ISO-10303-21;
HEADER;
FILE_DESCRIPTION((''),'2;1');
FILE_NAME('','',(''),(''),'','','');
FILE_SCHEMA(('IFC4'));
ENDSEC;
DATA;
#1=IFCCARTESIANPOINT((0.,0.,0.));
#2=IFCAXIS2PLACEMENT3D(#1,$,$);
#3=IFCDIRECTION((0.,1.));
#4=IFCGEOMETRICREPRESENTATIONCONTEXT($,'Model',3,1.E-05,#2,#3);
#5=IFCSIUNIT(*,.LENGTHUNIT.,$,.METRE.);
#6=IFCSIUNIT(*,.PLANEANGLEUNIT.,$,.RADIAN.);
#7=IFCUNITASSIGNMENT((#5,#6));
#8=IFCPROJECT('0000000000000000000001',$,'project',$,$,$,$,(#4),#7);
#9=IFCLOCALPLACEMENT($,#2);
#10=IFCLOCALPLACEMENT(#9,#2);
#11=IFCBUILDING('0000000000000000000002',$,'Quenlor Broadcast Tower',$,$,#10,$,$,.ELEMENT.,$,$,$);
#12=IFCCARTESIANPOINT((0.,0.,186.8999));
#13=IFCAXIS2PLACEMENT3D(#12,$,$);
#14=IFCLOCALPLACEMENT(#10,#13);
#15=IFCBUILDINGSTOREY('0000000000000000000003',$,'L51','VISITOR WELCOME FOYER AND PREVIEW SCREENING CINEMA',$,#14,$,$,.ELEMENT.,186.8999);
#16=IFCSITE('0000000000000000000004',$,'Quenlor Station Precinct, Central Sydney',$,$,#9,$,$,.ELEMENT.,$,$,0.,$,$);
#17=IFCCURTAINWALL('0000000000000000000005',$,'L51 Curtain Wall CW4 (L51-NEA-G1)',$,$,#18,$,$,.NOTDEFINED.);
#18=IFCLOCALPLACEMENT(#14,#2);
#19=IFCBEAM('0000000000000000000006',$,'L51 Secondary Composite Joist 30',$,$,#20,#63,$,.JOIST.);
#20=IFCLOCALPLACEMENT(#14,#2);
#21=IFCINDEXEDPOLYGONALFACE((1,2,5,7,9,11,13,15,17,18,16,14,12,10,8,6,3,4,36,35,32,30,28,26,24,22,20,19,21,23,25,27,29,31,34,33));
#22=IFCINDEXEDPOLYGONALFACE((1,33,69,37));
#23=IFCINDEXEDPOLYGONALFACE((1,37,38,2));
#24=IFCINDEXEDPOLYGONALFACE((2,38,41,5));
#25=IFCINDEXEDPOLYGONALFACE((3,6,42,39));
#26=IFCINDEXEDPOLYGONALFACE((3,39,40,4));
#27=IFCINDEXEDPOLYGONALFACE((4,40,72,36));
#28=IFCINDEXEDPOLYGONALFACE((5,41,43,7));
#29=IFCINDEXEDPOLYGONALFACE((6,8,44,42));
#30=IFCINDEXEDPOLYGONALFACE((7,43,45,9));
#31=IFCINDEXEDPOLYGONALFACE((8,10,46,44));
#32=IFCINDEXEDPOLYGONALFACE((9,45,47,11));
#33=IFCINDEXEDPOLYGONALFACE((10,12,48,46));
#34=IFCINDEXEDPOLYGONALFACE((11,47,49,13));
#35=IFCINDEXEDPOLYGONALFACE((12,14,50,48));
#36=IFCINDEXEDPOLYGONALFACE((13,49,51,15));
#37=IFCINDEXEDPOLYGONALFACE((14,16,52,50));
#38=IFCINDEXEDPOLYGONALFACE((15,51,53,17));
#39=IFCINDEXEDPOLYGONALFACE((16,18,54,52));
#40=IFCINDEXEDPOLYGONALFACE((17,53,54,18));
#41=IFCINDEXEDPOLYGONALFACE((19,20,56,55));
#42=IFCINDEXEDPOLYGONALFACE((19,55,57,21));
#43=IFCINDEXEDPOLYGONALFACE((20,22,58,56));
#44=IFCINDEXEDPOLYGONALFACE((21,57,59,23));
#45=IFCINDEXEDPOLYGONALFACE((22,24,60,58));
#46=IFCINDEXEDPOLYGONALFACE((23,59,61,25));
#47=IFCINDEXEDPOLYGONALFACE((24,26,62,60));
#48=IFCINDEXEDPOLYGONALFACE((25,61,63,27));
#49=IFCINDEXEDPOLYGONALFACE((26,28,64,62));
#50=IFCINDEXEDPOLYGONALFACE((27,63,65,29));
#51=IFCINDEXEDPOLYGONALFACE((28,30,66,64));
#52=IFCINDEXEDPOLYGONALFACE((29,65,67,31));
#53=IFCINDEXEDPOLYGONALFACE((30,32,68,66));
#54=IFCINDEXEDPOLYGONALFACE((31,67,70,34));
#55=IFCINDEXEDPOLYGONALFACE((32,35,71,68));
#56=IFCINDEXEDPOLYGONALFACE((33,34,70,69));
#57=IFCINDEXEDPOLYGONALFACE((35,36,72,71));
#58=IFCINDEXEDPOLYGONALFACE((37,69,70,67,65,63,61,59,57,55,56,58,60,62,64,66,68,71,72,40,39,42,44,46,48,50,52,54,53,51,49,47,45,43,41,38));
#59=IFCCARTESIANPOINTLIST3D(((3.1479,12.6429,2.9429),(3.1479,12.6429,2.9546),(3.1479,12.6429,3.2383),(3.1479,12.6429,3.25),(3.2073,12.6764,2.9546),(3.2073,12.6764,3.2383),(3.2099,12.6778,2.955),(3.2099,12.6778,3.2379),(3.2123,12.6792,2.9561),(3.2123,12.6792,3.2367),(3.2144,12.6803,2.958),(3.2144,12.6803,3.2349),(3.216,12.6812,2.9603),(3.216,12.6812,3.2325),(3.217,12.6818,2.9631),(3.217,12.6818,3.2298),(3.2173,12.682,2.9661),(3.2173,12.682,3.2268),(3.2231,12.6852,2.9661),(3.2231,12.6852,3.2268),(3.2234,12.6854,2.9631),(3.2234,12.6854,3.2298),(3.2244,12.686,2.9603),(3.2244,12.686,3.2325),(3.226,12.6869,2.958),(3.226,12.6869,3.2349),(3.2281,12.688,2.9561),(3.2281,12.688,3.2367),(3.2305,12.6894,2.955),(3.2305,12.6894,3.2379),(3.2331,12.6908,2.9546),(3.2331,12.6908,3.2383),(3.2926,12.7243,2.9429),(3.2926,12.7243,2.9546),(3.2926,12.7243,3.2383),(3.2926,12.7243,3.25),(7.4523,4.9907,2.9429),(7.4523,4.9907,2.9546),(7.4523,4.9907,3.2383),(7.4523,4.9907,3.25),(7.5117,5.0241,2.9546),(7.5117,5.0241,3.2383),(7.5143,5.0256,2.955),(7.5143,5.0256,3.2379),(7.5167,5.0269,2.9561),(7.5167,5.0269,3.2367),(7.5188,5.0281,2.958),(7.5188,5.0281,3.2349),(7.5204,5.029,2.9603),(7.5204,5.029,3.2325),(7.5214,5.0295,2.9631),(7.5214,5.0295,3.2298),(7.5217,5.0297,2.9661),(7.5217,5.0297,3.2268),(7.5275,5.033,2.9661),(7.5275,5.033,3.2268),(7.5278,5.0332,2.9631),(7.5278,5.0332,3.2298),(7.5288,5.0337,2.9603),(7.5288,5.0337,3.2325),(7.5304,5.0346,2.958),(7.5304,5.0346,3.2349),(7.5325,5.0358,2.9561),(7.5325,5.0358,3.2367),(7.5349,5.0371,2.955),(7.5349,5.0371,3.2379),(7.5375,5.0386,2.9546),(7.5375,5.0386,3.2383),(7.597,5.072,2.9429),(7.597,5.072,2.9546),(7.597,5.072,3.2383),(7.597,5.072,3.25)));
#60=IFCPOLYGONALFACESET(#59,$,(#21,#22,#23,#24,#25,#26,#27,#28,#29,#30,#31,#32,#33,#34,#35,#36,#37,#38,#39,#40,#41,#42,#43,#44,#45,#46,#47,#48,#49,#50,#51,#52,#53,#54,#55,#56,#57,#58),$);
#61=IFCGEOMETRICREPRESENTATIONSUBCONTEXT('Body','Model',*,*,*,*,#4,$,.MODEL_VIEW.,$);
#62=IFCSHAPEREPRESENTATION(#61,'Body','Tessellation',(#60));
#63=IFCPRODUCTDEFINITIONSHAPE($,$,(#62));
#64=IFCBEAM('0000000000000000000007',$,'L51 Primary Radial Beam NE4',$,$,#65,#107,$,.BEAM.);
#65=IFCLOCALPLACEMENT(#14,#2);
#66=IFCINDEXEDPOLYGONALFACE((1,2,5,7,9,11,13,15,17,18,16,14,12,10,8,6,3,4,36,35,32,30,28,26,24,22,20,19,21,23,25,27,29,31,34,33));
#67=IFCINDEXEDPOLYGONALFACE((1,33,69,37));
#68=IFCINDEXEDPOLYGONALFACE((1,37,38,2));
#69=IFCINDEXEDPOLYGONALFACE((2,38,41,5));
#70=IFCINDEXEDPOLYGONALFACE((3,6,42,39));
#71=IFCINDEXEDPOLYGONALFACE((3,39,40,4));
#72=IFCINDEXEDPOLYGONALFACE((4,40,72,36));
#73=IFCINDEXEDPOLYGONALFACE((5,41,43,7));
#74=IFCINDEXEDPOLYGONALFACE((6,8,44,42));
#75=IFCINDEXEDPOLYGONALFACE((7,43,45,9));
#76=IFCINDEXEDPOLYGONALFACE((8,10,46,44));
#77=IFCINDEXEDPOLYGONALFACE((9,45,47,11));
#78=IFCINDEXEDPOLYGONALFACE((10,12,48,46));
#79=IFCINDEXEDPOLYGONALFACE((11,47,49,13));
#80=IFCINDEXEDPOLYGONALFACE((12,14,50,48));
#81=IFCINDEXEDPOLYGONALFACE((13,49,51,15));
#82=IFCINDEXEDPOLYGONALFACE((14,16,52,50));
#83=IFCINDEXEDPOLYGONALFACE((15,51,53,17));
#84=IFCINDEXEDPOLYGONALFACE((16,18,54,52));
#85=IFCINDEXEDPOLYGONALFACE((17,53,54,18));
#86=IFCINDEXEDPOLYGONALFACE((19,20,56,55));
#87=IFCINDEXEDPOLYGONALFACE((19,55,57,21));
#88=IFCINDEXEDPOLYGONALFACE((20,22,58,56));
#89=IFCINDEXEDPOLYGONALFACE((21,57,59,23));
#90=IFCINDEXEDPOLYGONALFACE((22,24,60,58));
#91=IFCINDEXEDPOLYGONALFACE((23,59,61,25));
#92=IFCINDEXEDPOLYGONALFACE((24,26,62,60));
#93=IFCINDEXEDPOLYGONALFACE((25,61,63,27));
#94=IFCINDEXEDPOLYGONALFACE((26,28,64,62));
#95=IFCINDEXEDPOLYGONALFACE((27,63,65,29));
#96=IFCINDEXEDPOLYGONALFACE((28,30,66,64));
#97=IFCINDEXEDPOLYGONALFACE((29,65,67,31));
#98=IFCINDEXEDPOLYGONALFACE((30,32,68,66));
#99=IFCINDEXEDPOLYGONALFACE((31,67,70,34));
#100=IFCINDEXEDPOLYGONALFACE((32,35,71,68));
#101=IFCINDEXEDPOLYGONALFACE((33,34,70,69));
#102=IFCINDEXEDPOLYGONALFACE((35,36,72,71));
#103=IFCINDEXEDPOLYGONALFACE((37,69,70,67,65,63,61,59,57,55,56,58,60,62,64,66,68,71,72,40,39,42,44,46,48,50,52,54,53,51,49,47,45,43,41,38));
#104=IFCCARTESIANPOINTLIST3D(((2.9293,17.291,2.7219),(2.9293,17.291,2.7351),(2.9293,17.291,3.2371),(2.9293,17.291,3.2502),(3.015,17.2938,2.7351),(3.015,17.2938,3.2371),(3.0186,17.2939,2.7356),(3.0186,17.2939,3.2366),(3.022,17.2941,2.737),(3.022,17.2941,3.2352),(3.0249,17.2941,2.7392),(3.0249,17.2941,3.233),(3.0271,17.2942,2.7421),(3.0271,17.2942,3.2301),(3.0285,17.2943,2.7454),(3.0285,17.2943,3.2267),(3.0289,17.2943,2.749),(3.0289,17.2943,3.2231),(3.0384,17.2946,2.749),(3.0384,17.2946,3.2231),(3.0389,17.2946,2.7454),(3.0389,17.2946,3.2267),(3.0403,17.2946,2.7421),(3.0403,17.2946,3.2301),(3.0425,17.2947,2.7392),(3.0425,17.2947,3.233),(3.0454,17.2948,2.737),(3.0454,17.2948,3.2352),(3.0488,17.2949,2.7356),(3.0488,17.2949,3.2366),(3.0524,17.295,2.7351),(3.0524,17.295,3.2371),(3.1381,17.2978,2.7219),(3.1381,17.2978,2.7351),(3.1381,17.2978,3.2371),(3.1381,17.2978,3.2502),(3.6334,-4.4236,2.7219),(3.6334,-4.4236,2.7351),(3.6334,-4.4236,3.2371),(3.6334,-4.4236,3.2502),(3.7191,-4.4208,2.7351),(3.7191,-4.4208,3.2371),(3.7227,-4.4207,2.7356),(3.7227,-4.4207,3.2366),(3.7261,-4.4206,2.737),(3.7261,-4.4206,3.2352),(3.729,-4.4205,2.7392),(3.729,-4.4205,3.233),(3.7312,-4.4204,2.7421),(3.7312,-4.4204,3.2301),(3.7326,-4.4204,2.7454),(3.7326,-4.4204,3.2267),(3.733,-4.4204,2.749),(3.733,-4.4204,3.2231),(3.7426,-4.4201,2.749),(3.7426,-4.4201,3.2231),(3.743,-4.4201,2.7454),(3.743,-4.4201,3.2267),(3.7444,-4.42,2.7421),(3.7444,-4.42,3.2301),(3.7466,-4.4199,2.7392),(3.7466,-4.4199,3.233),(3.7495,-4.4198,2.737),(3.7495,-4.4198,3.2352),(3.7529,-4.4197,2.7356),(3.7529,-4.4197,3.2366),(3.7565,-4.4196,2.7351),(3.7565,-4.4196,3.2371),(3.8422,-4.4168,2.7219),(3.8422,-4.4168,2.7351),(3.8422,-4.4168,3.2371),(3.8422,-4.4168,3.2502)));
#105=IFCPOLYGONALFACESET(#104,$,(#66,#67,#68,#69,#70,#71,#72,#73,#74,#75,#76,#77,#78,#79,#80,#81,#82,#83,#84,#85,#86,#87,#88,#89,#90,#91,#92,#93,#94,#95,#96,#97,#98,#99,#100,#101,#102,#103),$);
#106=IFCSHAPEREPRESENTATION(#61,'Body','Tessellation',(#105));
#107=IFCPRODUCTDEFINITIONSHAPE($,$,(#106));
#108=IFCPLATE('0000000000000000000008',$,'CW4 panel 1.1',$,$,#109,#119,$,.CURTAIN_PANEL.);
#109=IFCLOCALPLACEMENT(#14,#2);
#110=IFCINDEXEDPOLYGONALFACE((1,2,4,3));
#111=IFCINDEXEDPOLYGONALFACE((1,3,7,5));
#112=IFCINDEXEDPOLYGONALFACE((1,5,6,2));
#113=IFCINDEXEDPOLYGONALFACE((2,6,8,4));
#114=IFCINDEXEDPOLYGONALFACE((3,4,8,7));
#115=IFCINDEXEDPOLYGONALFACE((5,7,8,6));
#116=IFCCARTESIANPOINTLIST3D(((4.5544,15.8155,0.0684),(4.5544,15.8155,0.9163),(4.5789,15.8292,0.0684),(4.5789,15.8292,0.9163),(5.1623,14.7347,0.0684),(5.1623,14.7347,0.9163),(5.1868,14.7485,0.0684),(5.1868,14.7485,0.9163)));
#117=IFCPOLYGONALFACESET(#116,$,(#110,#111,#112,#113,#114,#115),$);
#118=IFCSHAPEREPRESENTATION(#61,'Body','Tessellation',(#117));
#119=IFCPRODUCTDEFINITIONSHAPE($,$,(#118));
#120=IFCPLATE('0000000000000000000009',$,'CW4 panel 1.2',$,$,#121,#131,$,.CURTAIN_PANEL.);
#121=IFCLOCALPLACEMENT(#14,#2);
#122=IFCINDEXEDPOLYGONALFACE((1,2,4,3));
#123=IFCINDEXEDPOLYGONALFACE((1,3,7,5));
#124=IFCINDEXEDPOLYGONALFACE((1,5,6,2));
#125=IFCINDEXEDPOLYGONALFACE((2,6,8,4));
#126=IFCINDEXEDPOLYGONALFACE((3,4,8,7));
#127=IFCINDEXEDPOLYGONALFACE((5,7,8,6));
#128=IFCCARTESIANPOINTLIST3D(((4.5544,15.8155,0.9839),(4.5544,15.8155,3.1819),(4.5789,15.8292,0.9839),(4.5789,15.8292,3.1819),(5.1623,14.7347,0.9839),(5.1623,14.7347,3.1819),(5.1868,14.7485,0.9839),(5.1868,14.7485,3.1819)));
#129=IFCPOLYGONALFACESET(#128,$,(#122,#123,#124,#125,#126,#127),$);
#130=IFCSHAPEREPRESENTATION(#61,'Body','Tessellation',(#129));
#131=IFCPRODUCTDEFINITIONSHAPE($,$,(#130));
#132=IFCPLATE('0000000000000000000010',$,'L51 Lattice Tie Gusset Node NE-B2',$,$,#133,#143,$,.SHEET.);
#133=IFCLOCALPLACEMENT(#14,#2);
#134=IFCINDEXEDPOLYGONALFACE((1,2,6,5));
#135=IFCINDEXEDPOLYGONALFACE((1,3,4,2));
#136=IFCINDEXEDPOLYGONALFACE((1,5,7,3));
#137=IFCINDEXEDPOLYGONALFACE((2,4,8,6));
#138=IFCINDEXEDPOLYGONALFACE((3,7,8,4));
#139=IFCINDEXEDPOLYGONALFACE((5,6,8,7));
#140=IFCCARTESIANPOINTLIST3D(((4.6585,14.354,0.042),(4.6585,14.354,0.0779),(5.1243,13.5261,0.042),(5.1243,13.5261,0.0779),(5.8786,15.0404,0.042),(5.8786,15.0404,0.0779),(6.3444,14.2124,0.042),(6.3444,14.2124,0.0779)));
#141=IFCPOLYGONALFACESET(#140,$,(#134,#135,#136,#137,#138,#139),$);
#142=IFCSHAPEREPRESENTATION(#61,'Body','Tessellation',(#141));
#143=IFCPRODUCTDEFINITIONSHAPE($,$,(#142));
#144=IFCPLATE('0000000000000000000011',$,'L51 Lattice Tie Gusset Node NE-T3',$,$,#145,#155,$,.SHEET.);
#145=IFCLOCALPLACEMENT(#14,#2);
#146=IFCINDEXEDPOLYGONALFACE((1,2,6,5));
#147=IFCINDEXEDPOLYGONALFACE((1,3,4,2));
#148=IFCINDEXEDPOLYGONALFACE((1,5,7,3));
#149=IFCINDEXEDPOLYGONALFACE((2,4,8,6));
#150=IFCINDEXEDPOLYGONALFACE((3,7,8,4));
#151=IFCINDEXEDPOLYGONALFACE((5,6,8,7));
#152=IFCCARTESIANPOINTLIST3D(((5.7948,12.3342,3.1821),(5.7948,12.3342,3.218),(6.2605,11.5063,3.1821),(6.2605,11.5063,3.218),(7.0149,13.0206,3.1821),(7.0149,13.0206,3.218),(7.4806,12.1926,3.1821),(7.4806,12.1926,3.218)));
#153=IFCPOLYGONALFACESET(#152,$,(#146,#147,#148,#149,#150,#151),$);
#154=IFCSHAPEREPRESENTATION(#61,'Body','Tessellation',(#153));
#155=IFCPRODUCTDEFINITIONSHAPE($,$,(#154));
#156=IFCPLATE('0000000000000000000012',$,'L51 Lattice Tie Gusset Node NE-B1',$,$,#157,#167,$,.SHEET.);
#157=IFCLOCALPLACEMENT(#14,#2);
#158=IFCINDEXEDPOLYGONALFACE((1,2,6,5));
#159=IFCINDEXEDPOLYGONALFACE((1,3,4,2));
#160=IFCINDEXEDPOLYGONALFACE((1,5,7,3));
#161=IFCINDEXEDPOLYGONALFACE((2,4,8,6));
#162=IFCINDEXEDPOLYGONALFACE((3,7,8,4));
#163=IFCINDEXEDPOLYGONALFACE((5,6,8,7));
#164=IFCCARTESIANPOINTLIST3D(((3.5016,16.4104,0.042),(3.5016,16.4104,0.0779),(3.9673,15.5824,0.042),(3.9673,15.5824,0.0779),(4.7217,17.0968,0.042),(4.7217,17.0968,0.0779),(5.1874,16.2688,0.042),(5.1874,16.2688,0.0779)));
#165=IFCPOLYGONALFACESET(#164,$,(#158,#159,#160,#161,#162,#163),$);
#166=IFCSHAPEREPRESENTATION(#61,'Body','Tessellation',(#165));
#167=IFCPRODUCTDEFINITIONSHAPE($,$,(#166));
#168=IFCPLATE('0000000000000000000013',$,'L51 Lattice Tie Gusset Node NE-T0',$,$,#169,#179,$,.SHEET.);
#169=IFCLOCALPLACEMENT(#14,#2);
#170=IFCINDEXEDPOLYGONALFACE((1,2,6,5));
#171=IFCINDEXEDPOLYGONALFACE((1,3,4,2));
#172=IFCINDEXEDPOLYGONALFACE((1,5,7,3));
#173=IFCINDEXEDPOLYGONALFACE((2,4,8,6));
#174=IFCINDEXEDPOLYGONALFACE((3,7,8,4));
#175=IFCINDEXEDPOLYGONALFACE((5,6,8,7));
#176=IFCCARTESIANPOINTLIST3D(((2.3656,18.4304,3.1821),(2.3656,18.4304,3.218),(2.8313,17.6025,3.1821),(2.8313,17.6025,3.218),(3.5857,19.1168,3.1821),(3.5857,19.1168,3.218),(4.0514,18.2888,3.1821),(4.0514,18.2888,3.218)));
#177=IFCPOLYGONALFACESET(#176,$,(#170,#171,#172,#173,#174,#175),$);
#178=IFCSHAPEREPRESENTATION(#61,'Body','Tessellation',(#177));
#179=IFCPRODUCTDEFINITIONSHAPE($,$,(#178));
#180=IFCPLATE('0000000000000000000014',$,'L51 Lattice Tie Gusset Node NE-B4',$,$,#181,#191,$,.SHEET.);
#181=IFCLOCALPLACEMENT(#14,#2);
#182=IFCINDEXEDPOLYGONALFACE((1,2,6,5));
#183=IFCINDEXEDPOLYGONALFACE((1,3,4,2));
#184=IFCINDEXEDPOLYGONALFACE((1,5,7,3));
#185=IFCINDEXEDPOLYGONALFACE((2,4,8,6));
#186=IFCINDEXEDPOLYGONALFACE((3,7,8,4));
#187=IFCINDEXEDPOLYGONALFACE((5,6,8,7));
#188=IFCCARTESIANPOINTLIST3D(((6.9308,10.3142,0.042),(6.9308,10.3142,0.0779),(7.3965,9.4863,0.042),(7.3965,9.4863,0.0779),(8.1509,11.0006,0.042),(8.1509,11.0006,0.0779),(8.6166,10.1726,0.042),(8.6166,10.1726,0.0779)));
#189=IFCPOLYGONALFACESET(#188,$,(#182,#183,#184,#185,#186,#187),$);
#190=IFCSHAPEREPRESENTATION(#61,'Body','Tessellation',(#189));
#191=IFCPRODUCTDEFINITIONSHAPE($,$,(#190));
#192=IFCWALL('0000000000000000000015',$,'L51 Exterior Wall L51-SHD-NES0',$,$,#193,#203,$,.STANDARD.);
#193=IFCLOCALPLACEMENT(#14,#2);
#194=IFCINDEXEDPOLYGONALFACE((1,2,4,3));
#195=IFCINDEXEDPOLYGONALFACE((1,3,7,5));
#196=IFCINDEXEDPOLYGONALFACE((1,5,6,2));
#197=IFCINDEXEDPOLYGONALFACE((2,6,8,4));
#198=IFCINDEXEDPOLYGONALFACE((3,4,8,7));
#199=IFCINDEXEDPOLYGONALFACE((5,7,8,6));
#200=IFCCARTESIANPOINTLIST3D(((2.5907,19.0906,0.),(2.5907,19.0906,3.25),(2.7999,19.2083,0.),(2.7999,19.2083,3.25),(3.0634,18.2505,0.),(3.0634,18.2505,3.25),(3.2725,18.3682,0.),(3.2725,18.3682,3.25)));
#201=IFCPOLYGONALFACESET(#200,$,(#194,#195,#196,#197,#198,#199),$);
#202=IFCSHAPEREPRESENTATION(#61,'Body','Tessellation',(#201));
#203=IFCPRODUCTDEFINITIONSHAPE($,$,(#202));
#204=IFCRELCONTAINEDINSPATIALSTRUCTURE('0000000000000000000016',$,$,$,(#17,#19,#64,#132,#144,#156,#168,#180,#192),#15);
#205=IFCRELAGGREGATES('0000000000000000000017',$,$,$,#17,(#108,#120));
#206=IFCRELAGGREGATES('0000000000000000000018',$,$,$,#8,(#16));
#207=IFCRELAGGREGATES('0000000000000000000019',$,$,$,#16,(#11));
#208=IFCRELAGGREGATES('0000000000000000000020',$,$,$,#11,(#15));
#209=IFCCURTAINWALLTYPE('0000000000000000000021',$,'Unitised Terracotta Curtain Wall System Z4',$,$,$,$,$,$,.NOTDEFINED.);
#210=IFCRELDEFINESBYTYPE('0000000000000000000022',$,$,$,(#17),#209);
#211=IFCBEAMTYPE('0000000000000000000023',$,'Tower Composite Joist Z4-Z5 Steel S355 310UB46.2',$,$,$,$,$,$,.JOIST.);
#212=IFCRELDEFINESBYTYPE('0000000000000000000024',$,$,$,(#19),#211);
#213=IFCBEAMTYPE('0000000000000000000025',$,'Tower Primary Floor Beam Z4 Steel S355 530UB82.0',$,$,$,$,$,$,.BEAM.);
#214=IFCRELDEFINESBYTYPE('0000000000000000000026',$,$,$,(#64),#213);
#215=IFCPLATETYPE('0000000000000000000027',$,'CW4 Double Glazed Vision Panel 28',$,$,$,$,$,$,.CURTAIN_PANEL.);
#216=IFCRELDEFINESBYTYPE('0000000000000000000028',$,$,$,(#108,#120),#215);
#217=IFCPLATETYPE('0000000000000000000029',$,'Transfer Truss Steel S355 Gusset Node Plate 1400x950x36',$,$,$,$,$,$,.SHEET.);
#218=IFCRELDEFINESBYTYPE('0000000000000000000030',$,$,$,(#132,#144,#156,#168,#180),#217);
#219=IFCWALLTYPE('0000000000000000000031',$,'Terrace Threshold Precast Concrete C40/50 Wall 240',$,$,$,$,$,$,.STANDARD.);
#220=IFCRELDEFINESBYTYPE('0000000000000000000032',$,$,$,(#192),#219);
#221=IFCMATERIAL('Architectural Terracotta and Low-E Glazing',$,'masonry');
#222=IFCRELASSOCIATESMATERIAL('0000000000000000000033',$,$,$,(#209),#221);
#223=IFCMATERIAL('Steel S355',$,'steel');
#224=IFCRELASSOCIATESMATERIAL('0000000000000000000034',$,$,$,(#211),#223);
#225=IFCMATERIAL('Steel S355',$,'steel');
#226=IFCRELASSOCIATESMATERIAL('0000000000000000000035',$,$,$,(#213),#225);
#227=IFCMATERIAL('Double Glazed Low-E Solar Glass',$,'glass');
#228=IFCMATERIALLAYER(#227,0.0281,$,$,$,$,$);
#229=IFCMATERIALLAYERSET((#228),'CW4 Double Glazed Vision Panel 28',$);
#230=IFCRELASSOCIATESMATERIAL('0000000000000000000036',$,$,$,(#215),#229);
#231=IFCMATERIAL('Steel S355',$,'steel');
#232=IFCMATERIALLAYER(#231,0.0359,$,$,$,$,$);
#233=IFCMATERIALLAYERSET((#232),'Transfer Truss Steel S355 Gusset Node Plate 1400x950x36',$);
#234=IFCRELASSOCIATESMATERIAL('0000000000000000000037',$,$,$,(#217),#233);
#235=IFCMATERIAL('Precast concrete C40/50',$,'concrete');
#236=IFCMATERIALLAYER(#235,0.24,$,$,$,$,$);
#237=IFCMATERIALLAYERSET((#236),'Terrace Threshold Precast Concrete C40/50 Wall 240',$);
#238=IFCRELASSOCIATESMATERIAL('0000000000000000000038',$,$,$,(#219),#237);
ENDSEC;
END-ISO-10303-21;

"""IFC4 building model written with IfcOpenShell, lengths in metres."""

from ifc_helpers import new_model, si_unit, direction, frame, frame_2d, origin, origin_2d, place, context, subcontext, project, spatial, rectangle, i_section, extrude, material, layer, layer_set, material_profile, profile_set, type_object, element, aggregate, save


model = new_model("IFC4")

# Units and contexts
model_context = context("Model", 3, precision=1e-05, world=origin(), true_north=direction((0.0, 1.0)))
body_context = subcontext(model_context, "Body", "Model", "MODEL_VIEW")
ifc_project = project(units=[si_unit("LENGTHUNIT", "METRE"), si_unit("PLANEANGLEUNIT", "RADIAN")], contexts=[model_context])

# Site, building, storey
site_placement = place(None, origin())
site = spatial("IfcSite", under=ifc_project, at=site_placement, Name="Quenlor Station Precinct, Central Sydney", CompositionType="ELEMENT", RefElevation=0.0)
building_placement = place(site_placement, origin())
building = spatial("IfcBuilding", under=site, at=building_placement, Name="Quenlor Broadcast Tower", CompositionType="ELEMENT")
storey_placement = place(building_placement, frame((0.0, 0.0, 186.8999)))
storey = spatial("IfcBuildingStorey", under=building, at=storey_placement, Name="L51", Description="VISITOR WELCOME FOYER AND PREVIEW SCREENING CINEMA", CompositionType="ELEMENT", Elevation=186.8999)

# Curtain wall
ifc_material_1 = material(Name="Architectural Terracotta and Low-E Glazing", Category="masonry")
curtain_wall_type = type_object("IfcCurtainWallType", Name="Unitised Terracotta Curtain Wall System Z4", PredefinedType="NOTDEFINED", material=ifc_material_1)
curtain_wall_placement = place(storey_placement, origin())
curtain_wall = element("IfcCurtainWall", 1, at=curtain_wall_placement, inside=storey, type_object=curtain_wall_type, Name="L51 Curtain Wall CW4 (L51-NEA-G1)", PredefinedType="NOTDEFINED")

# Beams
ifc_material_2 = material(Name="Steel S355", Category="steel")
ifc_material_profile_1 = material_profile(ifc_material_2, i_section(OverallWidth=0.166, OverallDepth=0.3071, WebThickness=0.0066, FlangeThickness=0.0117, FilletRadius=0.0115, at=origin_2d()))
ifc_profile_set_1 = profile_set([ifc_material_profile_1], Name="Steel S355 310UB46.2")
beam_type_1 = type_object("IfcBeamType", Name="Tower Composite Joist Z4-Z5 Steel S355 310UB46.2", PredefinedType="JOIST", material=ifc_profile_set_1)
beam_1_placement = place(storey_placement, frame((3.2202, 12.6836, 3.0964), z_axis=(0.490261, -0.871576, 0.0), x_axis=(0.871576, 0.490261, 0.0)))
element("IfcBeam", 2, at=beam_1_placement, inside=storey, type_object=beam_type_1, Name="L51 Secondary Composite Joist 30", PredefinedType="JOIST", context=body_context, shape_type="SweptSolid", body=[
    extrude(i_section(OverallWidth=0.166, OverallDepth=0.3071, WebThickness=0.0066, FlangeThickness=0.0117, FilletRadius=0.0115, at=origin_2d()), origin(), (0.0, 0.0, 1.0), 8.7798),
])
ifc_material_3 = material(Name="Steel S355", Category="steel")
ifc_material_profile_2 = material_profile(ifc_material_3, i_section(OverallWidth=0.209, OverallDepth=0.5283, WebThickness=0.0095, FlangeThickness=0.0132, FilletRadius=0.0139, at=origin_2d()))
ifc_profile_set_2 = profile_set([ifc_material_profile_2], Name="Steel S355 530UB82.0")
beam_type_2 = type_object("IfcBeamType", Name="Tower Primary Floor Beam Z4 Steel S355 530UB82.0", PredefinedType="BEAM", material=ifc_profile_set_2)
beam_2_placement = place(storey_placement, frame((3.0337, 17.2944, 2.9861), z_axis=(0.032408, -0.999475, 0.0), x_axis=(0.999475, 0.032408, 0.0)))
element("IfcBeam", 3, at=beam_2_placement, inside=storey, type_object=beam_type_2, Name="L51 Primary Radial Beam NE4", PredefinedType="BEAM", context=body_context, shape_type="SweptSolid", body=[
    extrude(i_section(OverallWidth=0.209, OverallDepth=0.5283, WebThickness=0.0095, FlangeThickness=0.0132, FilletRadius=0.0139, at=origin_2d()), origin(), (0.0, 0.0, 1.0), 21.7261),
])

# Plates
ifc_material_4 = material(Name="Double Glazed Low-E Solar Glass", Category="glass")
ifc_layer_1 = layer(ifc_material_4, 0.0281)
ifc_layer_set_1 = layer_set([ifc_layer_1], Name="CW4 Double Glazed Vision Panel 28")
plate_type_1 = type_object("IfcPlateType", Name="CW4 Double Glazed Vision Panel 28", PredefinedType="CURTAIN_PANEL", material=ifc_layer_set_1)
plate_1_placement = place(storey_placement, frame((4.8706, 15.282, 0.0684), z_axis=(0.0, 0.0, 1.0), x_axis=(0.490289, -0.87156, 0.0)))
plate_1 = element("IfcPlate", 4, at=plate_1_placement, type_object=plate_type_1, Name="CW4 panel 1.1", PredefinedType="CURTAIN_PANEL", context=body_context, shape_type="SweptSolid", body=[
    extrude(rectangle(XDim=1.24, YDim=0.0281, at=origin_2d()), origin(), (0.0, 0.0, 1.0), 0.8479),
])
plate_2_placement = place(storey_placement, frame((4.8706, 15.282, 0.9839), z_axis=(0.0, 0.0, 1.0), x_axis=(0.490289, -0.87156, 0.0)))
plate_2 = element("IfcPlate", 5, at=plate_2_placement, type_object=plate_type_1, Name="CW4 panel 1.2", PredefinedType="CURTAIN_PANEL", context=body_context, shape_type="SweptSolid", body=[
    extrude(rectangle(XDim=1.24, YDim=0.0281, at=origin_2d()), origin(), (0.0, 0.0, 1.0), 2.198),
])
aggregate(curtain_wall, [plate_1, plate_2])

# Plates
ifc_material_5 = material(Name="Steel S355", Category="steel")
ifc_layer_2 = layer(ifc_material_5, 0.0359)
ifc_layer_set_2 = layer_set([ifc_layer_2], Name="Transfer Truss Steel S355 Gusset Node Plate 1400x950x36")
plate_type_2 = type_object("IfcPlateType", Name="Transfer Truss Steel S355 Gusset Node Plate 1400x950x36", PredefinedType="SHEET", material=ifc_layer_set_2)
for number, where, z_axis, x_axis, name in (
    (6, (5.5015, 14.2832, 0.042), (0.0, 0.0, 1.0), (0.871556, 0.490295, 0.0), "L51 Lattice Tie Gusset Node NE-B2"),
    (7, (6.6377, 12.2634, 3.1821), (0.0, 0.0, 1.0), (0.871556, 0.490295, 0.0), "L51 Lattice Tie Gusset Node NE-T3"),
    (8, (4.3445, 16.3396, 0.042), (0.0, 0.0, 1.0), (0.871556, 0.490295, 0.0), "L51 Lattice Tie Gusset Node NE-B1"),
    (9, (3.2085, 18.3596, 3.1821), (0.0, 0.0, 1.0), (0.871556, 0.490295, 0.0), "L51 Lattice Tie Gusset Node NE-T0"),
    (10, (7.7737, 10.2434, 0.042), (0.0, 0.0, 1.0), (0.871556, 0.490295, 0.0), "L51 Lattice Tie Gusset Node NE-B4"),
):
    element("IfcPlate", number, at=place(storey_placement, frame(where, z_axis=z_axis, x_axis=x_axis)), inside=storey, type_object=plate_type_2, Name=name, PredefinedType="SHEET", context=body_context, shape_type="SweptSolid", body=[
        extrude(rectangle(XDim=1.3999, YDim=0.95, at=origin_2d()), origin(), (0.0, 0.0, 1.0), 0.0359),
    ])

# Wall
ifc_material_6 = material(Name="Precast concrete C40/50", Category="concrete")
ifc_layer_3 = layer(ifc_material_6, 0.24)
ifc_layer_set_3 = layer_set([ifc_layer_3], Name="Terrace Threshold Precast Concrete C40/50 Wall 240")
wall_type_1 = type_object("IfcWallType", Name="Terrace Threshold Precast Concrete C40/50 Wall 240", PredefinedType="STANDARD", material=ifc_layer_set_3)
wall_1_placement = place(storey_placement, frame((2.6953, 19.1494, 0.0), z_axis=(0.0, 0.0, 1.0), x_axis=(0.490345, -0.871528, 0.0)))
element("IfcWall", 11, at=wall_1_placement, inside=storey, type_object=wall_type_1, Name="L51 Exterior Wall L51-SHD-NES0", PredefinedType="STANDARD", context=body_context, shape_type="SweptSolid", body=[
    extrude(rectangle(XDim=0.9639, YDim=0.24, at=frame_2d((0.4819, 0.0))), origin(), (0.0, 0.0, 1.0), 3.25),
])

save(model, "model.ifc")
